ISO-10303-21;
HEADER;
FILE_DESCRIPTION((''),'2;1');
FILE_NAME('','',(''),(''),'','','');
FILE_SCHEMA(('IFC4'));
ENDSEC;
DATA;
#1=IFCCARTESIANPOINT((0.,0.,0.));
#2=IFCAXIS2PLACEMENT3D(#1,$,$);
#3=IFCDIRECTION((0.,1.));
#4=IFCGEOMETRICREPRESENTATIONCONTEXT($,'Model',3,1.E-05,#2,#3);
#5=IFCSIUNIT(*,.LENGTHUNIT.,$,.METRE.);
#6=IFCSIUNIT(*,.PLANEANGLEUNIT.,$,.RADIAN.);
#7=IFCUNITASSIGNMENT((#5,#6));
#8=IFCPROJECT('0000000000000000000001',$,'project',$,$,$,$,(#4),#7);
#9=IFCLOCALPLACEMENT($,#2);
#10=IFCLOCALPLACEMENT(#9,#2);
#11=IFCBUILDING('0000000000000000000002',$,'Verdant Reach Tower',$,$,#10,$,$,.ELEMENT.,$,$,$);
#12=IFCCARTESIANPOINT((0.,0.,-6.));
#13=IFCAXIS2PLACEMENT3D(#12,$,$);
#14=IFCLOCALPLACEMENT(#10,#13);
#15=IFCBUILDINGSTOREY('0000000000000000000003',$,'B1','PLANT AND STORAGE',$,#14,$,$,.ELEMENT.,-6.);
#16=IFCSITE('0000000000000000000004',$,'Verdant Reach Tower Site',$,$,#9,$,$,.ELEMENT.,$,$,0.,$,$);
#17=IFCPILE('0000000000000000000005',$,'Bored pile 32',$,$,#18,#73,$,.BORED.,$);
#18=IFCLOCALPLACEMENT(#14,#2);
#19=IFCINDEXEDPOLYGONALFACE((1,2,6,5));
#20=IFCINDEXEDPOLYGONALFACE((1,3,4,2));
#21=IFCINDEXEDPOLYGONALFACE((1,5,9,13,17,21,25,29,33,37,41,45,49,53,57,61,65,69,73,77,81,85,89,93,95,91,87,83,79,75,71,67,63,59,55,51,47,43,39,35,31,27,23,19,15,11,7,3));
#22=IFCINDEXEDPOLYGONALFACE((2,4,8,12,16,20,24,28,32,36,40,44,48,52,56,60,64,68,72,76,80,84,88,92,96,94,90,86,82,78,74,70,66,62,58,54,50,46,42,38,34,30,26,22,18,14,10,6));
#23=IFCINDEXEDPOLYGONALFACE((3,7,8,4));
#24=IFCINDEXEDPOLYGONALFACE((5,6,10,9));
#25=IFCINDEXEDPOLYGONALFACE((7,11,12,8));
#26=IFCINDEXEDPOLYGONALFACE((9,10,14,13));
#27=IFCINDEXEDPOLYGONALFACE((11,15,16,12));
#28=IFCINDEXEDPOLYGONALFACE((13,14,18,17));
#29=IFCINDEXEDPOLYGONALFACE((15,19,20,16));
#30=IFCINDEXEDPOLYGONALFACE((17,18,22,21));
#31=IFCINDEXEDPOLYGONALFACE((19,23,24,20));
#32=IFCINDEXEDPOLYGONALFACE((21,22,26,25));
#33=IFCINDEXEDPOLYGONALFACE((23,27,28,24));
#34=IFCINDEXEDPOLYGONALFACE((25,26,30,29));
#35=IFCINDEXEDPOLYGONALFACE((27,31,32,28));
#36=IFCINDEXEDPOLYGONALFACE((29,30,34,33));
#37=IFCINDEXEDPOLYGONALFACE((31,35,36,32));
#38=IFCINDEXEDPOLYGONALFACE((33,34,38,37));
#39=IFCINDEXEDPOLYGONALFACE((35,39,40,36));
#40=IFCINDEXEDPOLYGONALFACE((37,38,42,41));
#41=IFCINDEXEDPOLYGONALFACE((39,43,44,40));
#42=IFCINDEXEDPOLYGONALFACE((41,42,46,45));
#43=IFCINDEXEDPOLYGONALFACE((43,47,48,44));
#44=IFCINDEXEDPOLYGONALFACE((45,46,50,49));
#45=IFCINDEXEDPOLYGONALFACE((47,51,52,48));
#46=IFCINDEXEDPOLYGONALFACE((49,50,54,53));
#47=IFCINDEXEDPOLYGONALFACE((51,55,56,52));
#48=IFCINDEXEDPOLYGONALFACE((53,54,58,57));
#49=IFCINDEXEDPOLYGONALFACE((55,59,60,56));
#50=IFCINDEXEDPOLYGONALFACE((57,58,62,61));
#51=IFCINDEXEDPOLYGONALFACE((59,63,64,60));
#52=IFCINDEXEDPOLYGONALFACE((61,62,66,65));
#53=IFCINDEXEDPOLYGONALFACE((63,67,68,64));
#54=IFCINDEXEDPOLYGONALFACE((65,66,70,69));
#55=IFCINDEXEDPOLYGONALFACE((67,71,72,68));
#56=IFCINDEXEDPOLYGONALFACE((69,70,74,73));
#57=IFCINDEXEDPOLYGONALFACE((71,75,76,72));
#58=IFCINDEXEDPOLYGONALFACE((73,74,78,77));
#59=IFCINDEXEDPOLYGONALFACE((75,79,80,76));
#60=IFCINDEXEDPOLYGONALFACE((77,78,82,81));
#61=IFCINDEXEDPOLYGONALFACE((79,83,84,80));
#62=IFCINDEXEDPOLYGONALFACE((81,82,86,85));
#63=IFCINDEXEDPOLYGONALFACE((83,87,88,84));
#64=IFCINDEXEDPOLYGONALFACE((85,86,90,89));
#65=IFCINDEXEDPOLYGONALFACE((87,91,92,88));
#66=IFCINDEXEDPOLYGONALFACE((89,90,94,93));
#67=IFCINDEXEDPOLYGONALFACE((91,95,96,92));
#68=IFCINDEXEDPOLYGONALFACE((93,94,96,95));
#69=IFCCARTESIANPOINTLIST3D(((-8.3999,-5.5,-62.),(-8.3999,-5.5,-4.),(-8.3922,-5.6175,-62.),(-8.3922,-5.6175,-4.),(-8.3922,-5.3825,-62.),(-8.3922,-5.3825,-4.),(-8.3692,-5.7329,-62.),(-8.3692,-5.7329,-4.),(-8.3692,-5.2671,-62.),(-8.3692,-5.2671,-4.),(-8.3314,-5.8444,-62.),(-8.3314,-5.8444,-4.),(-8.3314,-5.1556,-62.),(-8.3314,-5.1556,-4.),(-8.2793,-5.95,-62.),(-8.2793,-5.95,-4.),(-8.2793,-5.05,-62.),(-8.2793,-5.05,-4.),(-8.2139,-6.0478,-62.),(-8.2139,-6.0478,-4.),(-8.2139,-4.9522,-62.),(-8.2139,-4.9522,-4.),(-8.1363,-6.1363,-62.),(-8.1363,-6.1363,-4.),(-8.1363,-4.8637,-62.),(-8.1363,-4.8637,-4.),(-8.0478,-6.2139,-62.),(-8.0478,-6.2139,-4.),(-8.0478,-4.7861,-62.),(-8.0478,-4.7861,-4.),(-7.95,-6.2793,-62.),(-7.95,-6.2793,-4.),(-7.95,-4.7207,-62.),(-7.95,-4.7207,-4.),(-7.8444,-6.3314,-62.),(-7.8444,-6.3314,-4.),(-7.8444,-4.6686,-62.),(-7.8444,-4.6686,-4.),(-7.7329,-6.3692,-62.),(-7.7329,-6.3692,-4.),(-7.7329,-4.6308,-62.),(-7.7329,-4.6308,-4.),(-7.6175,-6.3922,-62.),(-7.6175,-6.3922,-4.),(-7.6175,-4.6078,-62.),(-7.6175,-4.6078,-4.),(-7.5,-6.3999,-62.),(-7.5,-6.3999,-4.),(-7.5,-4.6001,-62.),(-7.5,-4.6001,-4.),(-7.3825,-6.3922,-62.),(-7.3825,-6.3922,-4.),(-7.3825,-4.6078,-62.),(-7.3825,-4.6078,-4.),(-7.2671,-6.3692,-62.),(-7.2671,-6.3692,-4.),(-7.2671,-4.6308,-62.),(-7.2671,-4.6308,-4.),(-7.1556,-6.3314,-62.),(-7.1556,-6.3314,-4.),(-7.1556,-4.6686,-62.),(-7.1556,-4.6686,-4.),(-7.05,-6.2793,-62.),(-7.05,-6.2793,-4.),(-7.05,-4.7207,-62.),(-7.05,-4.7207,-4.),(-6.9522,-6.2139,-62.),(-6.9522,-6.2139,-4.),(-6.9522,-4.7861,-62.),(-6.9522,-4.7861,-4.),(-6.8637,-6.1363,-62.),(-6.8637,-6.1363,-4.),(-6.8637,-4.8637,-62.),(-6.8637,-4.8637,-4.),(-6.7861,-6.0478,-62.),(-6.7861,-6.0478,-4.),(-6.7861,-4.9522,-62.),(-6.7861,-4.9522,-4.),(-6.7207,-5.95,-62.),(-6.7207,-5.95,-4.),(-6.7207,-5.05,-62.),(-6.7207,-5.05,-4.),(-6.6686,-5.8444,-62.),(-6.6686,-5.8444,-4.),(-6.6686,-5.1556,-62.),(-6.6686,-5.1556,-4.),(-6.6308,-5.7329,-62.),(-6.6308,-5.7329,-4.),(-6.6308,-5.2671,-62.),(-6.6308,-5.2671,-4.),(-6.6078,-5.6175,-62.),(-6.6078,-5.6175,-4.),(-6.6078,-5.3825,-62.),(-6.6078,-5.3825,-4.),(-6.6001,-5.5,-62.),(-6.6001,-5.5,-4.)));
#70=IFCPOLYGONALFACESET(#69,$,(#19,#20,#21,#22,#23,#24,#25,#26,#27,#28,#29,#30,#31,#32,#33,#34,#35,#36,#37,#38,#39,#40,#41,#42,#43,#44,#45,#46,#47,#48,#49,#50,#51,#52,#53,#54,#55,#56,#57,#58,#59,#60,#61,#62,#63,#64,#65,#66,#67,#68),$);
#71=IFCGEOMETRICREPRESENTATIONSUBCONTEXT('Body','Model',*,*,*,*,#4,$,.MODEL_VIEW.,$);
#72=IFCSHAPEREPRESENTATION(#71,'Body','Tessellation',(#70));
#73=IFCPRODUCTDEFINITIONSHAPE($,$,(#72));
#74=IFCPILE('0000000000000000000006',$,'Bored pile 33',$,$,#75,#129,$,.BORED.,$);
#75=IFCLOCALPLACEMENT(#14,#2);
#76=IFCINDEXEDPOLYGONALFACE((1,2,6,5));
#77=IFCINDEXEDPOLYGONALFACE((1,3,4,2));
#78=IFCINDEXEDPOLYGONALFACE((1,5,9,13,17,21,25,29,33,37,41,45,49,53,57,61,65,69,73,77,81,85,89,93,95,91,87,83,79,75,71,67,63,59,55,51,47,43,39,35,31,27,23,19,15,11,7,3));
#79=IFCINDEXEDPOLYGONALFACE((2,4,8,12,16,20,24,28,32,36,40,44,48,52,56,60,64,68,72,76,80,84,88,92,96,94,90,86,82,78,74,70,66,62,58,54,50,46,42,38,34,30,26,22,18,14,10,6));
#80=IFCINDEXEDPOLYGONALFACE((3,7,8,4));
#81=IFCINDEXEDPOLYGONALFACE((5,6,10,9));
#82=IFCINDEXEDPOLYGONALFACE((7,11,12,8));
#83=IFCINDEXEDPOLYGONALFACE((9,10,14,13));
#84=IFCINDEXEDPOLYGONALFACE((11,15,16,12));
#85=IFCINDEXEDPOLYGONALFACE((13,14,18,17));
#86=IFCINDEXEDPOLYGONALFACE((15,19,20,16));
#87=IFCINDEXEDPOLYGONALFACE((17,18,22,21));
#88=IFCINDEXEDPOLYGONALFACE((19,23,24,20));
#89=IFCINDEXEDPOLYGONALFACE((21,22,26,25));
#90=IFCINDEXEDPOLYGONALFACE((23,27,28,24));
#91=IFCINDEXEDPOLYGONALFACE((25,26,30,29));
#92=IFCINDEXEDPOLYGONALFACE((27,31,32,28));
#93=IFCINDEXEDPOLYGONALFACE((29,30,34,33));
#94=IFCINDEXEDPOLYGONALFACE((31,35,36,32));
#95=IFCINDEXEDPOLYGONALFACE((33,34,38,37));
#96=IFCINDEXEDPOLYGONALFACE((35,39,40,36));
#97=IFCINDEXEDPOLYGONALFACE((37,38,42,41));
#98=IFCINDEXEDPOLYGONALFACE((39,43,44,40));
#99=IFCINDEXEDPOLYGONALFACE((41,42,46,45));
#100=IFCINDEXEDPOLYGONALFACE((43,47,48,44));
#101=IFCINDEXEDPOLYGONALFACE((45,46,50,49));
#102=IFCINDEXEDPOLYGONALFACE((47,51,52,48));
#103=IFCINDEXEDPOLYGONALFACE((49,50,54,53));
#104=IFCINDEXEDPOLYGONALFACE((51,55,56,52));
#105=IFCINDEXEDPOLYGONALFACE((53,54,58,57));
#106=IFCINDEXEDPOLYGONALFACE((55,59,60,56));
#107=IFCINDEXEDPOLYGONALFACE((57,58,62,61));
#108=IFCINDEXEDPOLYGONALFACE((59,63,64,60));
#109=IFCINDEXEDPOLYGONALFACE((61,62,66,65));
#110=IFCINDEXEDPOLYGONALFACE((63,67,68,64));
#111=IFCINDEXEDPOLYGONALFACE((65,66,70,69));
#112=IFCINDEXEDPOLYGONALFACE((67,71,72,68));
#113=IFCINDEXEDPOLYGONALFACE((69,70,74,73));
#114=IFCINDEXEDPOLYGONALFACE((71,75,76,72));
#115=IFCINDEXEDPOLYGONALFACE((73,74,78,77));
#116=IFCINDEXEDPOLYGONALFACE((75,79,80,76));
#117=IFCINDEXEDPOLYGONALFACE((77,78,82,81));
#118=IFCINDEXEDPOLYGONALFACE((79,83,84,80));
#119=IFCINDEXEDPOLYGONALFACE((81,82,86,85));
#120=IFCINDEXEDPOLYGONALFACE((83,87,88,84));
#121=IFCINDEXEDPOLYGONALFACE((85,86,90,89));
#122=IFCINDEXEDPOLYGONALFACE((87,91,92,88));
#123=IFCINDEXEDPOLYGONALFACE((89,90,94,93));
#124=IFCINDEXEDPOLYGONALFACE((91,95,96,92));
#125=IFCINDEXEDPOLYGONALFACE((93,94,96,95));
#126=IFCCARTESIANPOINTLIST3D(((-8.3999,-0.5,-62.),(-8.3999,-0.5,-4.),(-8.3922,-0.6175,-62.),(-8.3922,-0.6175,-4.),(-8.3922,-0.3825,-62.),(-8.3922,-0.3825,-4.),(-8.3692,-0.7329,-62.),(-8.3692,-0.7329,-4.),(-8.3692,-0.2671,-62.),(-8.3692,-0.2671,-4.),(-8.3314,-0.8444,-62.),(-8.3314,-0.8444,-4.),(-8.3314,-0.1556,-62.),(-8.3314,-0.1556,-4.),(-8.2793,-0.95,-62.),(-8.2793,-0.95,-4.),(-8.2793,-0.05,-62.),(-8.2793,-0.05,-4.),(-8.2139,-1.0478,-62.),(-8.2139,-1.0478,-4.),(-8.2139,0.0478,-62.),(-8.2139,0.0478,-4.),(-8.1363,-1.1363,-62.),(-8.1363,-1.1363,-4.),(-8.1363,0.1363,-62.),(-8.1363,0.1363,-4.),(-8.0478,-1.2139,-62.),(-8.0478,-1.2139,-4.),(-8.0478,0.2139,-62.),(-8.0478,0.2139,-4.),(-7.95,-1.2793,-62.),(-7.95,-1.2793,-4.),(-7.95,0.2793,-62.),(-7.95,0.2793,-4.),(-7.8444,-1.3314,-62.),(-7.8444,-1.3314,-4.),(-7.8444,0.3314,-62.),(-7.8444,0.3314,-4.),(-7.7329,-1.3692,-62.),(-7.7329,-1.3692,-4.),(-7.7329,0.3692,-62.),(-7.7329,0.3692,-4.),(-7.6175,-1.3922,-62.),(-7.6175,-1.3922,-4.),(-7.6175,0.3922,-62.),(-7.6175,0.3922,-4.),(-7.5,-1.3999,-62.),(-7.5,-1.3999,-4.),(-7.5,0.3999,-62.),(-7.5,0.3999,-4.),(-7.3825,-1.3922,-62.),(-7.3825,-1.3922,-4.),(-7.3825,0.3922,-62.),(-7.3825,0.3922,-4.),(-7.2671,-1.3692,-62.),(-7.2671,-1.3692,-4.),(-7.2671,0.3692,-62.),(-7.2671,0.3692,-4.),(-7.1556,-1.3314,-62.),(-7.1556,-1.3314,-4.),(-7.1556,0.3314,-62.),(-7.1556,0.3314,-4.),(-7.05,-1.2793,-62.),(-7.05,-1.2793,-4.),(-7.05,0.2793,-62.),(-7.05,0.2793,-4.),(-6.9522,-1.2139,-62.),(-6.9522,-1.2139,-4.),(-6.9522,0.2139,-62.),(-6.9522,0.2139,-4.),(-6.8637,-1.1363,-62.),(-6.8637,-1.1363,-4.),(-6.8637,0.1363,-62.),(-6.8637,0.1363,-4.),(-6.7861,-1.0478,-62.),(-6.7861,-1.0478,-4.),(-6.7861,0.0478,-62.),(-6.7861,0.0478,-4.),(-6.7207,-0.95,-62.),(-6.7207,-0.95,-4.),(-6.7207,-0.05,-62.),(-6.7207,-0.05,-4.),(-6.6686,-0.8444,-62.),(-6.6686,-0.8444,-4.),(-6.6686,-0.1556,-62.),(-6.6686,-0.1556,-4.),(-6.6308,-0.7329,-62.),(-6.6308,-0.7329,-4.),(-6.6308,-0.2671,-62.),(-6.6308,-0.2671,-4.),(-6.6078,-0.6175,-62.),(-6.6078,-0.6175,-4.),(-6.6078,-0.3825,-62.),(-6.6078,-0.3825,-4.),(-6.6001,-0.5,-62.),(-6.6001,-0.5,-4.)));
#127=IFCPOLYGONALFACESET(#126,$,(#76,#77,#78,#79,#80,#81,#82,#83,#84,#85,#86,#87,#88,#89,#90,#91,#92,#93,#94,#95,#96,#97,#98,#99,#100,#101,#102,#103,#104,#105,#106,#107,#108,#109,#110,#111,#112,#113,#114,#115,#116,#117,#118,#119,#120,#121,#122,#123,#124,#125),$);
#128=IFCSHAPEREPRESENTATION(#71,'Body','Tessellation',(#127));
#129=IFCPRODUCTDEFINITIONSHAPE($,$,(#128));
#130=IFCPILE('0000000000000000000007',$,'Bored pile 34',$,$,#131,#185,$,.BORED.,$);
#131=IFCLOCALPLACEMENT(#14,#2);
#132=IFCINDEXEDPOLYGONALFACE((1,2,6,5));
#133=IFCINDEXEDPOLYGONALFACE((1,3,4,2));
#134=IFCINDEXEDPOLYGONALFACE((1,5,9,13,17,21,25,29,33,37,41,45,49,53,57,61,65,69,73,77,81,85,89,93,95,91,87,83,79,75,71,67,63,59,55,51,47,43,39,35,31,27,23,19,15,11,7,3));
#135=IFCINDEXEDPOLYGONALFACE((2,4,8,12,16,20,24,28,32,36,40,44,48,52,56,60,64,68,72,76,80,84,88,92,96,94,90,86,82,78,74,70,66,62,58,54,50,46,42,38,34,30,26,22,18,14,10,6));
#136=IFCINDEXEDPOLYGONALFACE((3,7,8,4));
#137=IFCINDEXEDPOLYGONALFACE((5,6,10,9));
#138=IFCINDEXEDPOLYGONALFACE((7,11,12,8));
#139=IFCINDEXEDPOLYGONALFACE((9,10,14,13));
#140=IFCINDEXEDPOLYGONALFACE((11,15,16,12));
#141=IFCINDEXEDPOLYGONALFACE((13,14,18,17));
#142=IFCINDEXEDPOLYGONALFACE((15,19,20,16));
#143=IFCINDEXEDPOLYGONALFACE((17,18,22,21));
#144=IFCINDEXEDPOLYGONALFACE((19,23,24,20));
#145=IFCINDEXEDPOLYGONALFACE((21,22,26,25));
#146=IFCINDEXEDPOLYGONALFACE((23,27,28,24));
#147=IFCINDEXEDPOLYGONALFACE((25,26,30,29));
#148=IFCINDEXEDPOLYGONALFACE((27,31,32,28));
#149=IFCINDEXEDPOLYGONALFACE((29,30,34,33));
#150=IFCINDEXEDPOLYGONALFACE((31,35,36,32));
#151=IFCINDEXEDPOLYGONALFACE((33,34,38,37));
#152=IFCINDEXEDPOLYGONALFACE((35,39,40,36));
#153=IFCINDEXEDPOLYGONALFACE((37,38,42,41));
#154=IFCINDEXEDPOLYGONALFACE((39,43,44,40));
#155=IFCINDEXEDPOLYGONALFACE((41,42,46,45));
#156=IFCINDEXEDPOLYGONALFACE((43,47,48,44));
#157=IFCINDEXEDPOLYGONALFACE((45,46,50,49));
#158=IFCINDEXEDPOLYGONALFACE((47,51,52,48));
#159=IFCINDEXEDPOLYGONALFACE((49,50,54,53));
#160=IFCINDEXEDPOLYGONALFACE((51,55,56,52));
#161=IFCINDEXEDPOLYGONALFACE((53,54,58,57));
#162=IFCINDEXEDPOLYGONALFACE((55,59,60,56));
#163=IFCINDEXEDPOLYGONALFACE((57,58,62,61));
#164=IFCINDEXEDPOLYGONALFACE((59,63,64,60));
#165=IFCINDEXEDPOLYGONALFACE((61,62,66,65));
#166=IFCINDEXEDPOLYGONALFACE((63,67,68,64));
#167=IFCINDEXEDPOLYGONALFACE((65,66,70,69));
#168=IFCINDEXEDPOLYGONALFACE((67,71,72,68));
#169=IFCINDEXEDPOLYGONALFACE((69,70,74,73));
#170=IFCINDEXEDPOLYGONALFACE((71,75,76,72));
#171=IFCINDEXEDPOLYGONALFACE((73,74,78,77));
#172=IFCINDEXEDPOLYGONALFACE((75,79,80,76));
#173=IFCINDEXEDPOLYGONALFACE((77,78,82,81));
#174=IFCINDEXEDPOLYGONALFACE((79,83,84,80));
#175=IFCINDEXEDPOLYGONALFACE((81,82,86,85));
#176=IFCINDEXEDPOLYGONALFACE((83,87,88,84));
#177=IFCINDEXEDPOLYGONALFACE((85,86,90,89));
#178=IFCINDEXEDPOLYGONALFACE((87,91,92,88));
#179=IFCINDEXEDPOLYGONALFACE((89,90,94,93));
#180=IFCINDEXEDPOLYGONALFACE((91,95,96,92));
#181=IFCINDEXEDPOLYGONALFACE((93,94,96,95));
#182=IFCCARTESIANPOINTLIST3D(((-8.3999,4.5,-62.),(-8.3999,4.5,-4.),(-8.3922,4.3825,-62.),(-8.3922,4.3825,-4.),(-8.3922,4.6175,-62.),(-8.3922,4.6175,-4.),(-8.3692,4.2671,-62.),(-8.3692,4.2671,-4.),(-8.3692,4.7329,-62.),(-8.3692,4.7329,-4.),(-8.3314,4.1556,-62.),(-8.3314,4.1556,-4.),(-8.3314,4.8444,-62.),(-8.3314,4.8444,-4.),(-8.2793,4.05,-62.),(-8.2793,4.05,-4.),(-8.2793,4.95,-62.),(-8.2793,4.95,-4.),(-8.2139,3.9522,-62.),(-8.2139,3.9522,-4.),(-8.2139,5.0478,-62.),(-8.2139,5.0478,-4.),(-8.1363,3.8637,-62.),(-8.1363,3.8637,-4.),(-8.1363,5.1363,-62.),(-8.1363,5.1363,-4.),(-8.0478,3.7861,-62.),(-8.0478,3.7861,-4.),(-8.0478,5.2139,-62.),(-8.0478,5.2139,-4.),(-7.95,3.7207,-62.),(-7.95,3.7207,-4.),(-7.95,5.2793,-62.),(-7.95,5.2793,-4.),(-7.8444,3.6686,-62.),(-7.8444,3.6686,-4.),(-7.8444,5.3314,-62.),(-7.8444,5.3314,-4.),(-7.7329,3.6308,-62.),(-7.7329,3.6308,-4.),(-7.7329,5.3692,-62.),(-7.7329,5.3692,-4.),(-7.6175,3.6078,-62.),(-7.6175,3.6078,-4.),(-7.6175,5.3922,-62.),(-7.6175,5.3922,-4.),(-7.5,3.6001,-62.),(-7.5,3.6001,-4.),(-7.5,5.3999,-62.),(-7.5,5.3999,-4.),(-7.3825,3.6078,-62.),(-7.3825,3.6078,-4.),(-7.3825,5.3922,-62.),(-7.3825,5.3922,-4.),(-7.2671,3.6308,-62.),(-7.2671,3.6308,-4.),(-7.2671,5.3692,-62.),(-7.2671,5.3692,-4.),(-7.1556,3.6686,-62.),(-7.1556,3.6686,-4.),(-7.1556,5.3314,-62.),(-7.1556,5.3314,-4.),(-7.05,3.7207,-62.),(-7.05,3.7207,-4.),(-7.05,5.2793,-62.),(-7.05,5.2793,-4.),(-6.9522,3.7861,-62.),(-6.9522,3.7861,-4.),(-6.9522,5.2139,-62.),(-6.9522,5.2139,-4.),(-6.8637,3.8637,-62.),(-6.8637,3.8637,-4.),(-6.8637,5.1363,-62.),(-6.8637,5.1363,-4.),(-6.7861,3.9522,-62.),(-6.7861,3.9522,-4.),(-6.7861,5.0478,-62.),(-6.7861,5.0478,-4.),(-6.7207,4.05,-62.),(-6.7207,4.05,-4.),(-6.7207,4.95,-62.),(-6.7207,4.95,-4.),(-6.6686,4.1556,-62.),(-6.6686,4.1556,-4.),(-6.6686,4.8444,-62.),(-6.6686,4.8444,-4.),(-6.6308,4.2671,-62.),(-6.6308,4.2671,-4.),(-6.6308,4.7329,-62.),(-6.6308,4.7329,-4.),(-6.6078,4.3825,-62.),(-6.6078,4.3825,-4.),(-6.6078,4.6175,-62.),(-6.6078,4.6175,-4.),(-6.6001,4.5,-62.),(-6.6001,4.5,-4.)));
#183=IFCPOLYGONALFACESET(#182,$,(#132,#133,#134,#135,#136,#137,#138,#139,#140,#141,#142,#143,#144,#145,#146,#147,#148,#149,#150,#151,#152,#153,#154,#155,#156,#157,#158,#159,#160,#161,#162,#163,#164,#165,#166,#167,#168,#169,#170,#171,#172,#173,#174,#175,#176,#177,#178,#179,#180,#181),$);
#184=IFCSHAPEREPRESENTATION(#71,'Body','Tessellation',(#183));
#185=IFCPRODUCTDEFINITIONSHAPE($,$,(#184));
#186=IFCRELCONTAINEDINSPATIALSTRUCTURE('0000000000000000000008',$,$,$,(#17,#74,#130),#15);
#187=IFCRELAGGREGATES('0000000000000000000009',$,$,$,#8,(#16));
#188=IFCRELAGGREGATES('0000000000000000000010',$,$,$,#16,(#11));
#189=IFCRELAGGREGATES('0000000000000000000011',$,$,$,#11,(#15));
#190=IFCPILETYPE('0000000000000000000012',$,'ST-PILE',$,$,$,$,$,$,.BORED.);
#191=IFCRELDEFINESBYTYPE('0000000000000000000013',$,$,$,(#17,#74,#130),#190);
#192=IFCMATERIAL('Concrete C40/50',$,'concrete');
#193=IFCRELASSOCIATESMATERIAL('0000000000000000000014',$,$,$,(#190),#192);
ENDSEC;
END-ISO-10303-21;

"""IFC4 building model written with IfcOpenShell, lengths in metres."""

from ifc_helpers import new_model, si_unit, direction, frame, origin, origin_2d, place, context, subcontext, project, spatial, circle, extrude, material, material_profile, profile_set, type_object, element, save


model = new_model("IFC4")

# Units and contexts
model_context = context("Model", 3, precision=1e-05, world=origin(), true_north=direction((0.0, 1.0)))
body_context = subcontext(model_context, "Body", "Model", "MODEL_VIEW")
ifc_project = project(units=[si_unit("LENGTHUNIT", "METRE"), si_unit("PLANEANGLEUNIT", "RADIAN")], contexts=[model_context])

# Site, building, storey
site_placement = place(None, origin())
site = spatial("IfcSite", under=ifc_project, at=site_placement, Name="Verdant Reach Tower Site", CompositionType="ELEMENT", RefElevation=0.0)
building_placement = place(site_placement, origin())
building = spatial("IfcBuilding", under=site, at=building_placement, Name="Verdant Reach Tower", CompositionType="ELEMENT")
storey_placement = place(building_placement, frame((0.0, 0.0, -6.0)))
storey = spatial("IfcBuildingStorey", under=building, at=storey_placement, Name="B1", Description="PLANT AND STORAGE", CompositionType="ELEMENT", Elevation=-6.0)

# Piles
ifc_material_1 = material(Name="Concrete C40/50", Category="concrete")
ifc_material_profile_1 = material_profile(ifc_material_1, circle(Radius=0.8999, at=origin_2d()), Name="BP 1800")
ifc_profile_set_1 = profile_set([ifc_material_profile_1], Name="Concrete C40/50")
pile_type = type_object("IfcPileType", Name="ST-PILE", PredefinedType="BORED", material=ifc_profile_set_1)
for number, where, z_axis, x_axis, name in (
    (1, (-7.5, -5.5, -4.0), (0.0, 0.0, -1.0), (1.0, 0.0, 0.0), "Bored pile 32"),
    (2, (-7.5, -0.5, -4.0), (0.0, 0.0, -1.0), (1.0, 0.0, 0.0), "Bored pile 33"),
    (3, (-7.5, 4.5, -4.0), (0.0, 0.0, -1.0), (1.0, 0.0, 0.0), "Bored pile 34"),
):
    element("IfcPile", number, at=place(storey_placement, frame(where, z_axis=z_axis, x_axis=x_axis)), inside=storey, type_object=pile_type, Name=name, PredefinedType="BORED", context=body_context, shape_type="SweptSolid", body=[
        extrude(circle(Radius=0.8999, at=origin_2d()), origin(), (0.0, 0.0, 1.0), 58.0),
    ])

save(model, "model.ifc")
